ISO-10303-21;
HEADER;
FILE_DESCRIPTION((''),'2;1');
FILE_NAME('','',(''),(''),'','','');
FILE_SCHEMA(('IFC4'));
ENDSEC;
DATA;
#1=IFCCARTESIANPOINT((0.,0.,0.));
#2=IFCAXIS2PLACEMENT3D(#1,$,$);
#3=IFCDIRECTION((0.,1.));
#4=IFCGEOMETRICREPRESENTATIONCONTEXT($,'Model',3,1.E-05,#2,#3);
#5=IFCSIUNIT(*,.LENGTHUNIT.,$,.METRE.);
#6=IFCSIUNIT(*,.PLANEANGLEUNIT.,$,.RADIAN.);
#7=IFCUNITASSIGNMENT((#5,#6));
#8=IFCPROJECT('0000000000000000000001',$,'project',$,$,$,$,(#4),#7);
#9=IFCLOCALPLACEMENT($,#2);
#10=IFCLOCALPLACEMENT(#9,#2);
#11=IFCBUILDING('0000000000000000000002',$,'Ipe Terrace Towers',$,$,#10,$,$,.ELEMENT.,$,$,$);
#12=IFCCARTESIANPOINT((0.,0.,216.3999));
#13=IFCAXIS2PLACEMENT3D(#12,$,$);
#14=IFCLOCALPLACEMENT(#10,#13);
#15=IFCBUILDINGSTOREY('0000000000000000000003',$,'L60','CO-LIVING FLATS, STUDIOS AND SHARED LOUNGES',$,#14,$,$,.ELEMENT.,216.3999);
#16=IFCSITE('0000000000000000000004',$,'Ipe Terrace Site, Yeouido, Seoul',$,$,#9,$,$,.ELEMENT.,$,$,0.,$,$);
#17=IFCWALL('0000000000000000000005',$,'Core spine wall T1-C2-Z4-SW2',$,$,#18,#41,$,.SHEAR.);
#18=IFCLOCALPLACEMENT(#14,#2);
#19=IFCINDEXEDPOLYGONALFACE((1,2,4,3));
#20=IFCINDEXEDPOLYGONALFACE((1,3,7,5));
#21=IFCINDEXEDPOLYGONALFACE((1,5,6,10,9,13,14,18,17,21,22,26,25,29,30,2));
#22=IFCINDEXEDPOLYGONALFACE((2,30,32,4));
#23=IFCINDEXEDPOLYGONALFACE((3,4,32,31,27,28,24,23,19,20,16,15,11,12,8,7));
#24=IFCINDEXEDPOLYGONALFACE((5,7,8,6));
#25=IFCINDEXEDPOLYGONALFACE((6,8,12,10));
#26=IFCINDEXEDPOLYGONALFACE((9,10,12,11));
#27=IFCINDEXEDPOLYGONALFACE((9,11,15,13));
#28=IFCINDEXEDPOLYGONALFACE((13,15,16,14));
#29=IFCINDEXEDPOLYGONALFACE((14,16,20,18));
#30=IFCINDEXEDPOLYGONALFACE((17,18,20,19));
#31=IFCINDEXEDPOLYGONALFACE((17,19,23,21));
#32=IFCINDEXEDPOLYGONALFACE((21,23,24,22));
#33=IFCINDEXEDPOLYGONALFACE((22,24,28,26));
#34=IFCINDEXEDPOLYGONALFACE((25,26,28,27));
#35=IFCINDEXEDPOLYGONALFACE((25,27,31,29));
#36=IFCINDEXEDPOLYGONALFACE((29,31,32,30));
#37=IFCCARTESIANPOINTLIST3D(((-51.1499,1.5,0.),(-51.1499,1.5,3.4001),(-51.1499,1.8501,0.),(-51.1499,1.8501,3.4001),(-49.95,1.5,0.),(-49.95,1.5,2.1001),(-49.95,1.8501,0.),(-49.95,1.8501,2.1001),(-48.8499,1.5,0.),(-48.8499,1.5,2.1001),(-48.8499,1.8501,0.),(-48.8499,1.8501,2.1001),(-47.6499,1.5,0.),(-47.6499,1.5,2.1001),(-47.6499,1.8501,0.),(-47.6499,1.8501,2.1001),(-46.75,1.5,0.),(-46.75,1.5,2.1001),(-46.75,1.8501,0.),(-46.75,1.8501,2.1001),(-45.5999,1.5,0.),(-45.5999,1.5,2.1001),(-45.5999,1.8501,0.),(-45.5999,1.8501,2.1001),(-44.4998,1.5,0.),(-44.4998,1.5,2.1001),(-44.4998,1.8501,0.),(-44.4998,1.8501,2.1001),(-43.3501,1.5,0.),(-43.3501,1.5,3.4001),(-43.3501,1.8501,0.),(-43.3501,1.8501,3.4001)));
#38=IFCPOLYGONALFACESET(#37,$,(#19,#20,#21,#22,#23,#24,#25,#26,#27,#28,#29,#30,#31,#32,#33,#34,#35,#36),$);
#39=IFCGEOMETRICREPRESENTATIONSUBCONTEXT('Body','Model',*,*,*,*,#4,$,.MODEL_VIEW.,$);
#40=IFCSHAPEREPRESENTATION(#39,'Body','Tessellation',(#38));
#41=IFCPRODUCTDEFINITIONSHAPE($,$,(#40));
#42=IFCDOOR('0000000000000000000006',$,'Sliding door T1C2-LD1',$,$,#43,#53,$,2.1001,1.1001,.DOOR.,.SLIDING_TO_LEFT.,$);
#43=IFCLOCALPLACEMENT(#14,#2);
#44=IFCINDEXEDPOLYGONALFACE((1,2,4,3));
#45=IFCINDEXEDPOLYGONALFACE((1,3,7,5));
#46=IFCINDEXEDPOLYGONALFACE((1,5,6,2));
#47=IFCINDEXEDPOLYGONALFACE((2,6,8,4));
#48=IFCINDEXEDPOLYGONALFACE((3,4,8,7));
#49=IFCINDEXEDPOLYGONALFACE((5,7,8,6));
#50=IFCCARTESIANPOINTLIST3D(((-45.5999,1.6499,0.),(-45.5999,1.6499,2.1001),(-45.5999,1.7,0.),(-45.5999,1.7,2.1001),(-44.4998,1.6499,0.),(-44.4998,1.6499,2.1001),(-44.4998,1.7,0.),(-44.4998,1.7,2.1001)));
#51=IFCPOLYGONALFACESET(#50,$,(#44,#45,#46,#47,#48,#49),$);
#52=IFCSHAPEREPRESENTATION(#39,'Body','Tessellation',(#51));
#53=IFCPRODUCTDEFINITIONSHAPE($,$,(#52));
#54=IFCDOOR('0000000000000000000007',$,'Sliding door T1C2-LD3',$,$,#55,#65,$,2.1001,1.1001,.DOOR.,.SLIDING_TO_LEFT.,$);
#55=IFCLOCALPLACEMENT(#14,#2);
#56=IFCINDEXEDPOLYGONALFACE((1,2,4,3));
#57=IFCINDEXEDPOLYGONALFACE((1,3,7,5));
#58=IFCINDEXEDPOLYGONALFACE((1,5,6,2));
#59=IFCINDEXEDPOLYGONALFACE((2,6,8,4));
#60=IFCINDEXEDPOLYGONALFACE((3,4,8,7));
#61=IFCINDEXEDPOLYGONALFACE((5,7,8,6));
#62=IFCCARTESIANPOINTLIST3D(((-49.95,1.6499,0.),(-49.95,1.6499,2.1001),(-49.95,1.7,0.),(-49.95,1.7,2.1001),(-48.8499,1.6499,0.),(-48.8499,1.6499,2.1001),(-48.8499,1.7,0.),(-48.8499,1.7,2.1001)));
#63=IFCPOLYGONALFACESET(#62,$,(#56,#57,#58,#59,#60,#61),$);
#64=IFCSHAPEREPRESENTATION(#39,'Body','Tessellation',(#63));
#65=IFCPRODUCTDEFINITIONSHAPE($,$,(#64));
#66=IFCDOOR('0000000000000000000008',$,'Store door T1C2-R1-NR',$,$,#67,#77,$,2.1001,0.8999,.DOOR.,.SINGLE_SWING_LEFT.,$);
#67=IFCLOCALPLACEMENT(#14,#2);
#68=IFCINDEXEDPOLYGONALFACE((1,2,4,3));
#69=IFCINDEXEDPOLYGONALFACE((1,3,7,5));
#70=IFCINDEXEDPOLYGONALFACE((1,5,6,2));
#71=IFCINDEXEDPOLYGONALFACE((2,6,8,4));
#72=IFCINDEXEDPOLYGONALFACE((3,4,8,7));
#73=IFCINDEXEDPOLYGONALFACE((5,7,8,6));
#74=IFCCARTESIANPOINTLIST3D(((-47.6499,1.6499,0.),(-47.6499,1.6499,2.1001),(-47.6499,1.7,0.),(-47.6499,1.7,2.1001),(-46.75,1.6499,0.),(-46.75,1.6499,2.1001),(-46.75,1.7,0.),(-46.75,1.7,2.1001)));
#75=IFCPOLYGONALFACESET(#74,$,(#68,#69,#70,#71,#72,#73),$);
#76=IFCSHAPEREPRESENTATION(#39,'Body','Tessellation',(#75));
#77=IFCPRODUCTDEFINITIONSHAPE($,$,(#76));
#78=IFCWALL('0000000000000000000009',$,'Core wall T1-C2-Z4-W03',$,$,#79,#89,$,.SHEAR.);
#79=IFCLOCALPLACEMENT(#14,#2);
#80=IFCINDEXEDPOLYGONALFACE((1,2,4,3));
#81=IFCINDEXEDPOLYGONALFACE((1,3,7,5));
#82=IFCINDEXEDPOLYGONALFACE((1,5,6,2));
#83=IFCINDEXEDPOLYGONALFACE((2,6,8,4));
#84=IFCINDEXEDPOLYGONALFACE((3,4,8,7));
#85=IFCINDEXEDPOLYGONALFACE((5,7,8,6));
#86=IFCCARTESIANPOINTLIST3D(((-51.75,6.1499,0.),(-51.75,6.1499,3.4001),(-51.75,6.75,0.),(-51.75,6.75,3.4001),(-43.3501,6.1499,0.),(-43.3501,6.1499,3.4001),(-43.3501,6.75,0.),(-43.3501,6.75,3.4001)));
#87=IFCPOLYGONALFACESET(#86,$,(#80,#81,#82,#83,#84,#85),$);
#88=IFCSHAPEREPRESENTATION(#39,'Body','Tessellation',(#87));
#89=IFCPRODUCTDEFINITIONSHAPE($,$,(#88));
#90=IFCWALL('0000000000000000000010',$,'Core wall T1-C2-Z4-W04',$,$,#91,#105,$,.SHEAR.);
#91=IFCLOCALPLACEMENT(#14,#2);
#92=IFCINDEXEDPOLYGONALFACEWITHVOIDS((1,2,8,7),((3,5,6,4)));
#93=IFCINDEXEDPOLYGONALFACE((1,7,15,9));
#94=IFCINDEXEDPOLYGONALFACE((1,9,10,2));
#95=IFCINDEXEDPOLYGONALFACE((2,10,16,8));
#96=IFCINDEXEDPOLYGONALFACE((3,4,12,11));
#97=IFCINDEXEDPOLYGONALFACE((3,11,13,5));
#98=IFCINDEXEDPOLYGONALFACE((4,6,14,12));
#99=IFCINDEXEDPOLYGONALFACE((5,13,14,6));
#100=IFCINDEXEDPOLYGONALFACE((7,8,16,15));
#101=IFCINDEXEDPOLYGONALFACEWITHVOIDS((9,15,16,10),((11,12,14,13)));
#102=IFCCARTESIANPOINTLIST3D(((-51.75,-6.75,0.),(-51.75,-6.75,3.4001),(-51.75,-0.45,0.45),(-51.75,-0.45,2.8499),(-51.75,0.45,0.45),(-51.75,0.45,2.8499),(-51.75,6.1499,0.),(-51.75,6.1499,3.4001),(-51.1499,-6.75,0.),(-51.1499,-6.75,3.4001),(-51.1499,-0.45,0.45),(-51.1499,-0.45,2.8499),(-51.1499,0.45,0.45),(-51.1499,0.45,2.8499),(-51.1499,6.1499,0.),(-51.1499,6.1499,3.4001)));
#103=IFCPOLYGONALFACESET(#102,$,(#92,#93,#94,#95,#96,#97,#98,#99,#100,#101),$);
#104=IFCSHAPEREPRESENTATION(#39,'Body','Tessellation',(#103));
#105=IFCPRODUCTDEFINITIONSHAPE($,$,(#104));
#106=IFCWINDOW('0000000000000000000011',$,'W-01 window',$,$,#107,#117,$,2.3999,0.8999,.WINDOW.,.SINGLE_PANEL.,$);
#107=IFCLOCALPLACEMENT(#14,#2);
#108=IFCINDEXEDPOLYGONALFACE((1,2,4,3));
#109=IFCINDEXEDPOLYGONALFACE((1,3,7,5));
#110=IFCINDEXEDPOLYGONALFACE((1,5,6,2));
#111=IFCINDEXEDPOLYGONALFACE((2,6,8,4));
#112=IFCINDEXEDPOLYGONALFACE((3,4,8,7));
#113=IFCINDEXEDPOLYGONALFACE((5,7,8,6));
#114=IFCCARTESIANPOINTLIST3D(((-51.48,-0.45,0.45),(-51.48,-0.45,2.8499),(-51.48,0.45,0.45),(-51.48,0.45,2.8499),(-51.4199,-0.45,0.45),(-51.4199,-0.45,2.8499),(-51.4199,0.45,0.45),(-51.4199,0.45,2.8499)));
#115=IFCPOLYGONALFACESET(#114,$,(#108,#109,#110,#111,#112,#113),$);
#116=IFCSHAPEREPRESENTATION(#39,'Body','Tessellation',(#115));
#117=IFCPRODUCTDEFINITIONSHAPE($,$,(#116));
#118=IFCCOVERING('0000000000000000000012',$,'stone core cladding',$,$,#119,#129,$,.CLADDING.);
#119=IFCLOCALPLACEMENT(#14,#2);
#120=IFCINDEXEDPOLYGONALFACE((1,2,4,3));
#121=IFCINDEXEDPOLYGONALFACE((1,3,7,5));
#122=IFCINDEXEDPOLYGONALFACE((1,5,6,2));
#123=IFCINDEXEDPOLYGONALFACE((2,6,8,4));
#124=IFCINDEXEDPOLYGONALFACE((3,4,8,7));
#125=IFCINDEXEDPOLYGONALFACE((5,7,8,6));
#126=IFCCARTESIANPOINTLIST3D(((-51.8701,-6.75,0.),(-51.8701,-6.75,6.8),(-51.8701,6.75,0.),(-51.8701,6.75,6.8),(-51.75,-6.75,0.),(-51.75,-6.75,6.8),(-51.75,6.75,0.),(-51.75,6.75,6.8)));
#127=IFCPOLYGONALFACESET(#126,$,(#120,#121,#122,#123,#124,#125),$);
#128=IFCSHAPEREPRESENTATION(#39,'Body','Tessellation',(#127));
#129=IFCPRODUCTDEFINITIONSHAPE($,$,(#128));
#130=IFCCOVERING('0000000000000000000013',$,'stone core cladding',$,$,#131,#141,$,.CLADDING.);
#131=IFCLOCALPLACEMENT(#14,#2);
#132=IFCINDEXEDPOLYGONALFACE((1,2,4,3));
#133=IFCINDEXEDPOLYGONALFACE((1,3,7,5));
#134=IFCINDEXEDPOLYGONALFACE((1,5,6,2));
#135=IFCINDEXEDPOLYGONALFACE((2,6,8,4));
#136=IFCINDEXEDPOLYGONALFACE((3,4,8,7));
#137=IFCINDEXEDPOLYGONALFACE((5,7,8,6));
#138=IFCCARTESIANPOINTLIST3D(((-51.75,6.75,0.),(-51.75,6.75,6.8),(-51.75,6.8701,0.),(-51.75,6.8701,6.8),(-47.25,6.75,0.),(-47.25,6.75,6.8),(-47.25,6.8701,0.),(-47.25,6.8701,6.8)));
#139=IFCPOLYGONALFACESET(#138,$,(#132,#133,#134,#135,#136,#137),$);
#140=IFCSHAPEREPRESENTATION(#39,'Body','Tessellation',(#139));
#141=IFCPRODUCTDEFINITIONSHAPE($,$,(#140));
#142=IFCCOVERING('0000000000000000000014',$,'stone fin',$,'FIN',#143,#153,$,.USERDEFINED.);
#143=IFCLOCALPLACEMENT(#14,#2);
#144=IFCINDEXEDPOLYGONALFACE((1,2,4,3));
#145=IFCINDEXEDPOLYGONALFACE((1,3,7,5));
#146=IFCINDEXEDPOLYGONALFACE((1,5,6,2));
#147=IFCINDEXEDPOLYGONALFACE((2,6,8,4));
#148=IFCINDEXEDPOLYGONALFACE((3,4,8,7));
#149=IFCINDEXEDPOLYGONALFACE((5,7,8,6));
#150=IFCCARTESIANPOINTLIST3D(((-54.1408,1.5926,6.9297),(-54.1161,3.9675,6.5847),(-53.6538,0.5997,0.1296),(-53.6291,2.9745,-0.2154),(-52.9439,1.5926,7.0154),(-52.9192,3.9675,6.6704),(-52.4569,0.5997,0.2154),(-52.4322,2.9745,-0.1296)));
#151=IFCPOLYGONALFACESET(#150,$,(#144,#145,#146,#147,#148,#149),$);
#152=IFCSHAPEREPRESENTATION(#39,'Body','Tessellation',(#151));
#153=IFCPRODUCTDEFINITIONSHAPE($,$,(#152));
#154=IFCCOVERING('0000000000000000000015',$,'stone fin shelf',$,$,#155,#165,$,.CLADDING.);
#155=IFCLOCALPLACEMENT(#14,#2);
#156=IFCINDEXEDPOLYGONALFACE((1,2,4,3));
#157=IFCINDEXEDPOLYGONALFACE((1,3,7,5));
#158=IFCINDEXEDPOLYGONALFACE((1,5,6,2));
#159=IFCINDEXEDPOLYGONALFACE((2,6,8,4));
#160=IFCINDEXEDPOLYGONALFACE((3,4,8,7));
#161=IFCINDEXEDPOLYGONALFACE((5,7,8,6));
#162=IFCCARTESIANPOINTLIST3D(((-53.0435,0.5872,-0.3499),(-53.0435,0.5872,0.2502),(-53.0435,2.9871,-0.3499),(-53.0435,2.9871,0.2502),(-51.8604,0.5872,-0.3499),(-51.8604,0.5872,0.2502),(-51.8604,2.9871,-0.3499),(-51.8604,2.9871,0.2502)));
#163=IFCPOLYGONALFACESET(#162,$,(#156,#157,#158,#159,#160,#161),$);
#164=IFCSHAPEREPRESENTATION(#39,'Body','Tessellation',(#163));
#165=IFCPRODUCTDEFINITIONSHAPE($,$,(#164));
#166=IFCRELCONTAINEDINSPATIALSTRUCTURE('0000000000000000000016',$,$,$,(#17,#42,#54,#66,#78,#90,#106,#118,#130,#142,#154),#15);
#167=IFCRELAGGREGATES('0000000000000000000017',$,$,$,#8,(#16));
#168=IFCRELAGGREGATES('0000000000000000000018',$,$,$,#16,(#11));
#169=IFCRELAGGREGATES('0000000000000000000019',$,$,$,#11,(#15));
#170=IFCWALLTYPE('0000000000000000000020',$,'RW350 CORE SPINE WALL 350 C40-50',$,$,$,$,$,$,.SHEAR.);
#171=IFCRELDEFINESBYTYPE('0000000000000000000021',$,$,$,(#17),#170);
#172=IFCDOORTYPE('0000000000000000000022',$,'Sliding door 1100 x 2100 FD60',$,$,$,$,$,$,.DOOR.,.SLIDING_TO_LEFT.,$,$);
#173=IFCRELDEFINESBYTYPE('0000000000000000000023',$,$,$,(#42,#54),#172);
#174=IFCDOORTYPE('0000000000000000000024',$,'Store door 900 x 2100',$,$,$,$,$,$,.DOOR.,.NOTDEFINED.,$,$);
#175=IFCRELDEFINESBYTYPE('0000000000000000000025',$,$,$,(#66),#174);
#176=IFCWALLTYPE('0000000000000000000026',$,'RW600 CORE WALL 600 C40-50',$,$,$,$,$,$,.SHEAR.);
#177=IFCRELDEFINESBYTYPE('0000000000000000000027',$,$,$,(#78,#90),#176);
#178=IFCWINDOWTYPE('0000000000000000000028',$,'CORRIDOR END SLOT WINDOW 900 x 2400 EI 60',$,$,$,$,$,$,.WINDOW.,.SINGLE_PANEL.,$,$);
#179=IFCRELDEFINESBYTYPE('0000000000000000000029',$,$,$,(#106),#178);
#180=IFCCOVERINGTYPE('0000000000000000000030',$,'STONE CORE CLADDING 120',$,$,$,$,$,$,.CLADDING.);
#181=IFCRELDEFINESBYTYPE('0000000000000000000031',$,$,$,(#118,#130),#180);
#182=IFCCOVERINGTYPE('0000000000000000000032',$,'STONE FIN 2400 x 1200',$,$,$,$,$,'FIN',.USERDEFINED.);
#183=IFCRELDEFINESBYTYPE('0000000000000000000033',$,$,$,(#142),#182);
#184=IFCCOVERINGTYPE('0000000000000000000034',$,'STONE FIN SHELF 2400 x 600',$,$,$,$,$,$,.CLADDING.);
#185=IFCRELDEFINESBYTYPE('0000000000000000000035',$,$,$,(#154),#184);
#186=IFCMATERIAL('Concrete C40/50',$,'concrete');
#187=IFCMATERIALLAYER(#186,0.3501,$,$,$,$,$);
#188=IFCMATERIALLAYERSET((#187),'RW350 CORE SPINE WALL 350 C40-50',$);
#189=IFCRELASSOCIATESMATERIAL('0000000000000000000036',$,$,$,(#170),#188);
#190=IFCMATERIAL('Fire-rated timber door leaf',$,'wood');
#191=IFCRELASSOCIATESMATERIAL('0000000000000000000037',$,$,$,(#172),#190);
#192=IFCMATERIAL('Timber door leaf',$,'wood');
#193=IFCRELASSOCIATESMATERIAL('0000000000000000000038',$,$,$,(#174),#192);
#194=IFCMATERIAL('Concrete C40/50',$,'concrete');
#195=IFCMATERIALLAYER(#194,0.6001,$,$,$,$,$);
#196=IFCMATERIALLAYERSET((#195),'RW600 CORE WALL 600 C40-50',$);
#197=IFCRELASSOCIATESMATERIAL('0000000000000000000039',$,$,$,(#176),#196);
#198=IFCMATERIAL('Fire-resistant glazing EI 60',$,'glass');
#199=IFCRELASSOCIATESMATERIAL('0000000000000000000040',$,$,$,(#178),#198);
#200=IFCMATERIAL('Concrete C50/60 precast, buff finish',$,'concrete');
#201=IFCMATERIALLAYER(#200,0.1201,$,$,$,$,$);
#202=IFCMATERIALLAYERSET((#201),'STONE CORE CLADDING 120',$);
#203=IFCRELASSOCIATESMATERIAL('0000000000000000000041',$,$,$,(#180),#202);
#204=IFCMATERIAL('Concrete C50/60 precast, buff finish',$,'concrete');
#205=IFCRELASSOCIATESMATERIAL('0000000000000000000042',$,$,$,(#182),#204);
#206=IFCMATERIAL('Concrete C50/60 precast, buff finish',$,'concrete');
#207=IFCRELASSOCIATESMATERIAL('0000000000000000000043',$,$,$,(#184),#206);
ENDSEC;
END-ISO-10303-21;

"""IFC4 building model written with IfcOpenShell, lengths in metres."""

from ifc_helpers import new_model, si_unit, direction, frame, frame_2d, origin, origin_2d, place, context, subcontext, project, spatial, rectangle, extrude, material, layer, layer_set, material_profile, profile_set, type_object, element, fill, save


model = new_model("IFC4")

# Units and contexts
model_context = context("Model", 3, precision=1e-05, world=origin(), true_north=direction((0.0, 1.0)))
body_context = subcontext(model_context, "Body", "Model", "MODEL_VIEW")
ifc_project = project(units=[si_unit("LENGTHUNIT", "METRE"), si_unit("PLANEANGLEUNIT", "RADIAN")], contexts=[model_context])

# Site, building, storey
site_placement = place(None, origin())
site = spatial("IfcSite", under=ifc_project, at=site_placement, Name="Ipe Terrace Site, Yeouido, Seoul", CompositionType="ELEMENT", RefElevation=0.0)
building_placement = place(site_placement, origin())
building = spatial("IfcBuilding", under=site, at=building_placement, Name="Ipe Terrace Towers", CompositionType="ELEMENT")
storey_placement = place(building_placement, frame((0.0, 0.0, 216.3999)))
storey = spatial("IfcBuildingStorey", under=building, at=storey_placement, Name="L60", Description="CO-LIVING FLATS, STUDIOS AND SHARED LOUNGES", CompositionType="ELEMENT", Elevation=216.3999)

# Shared definitions
ifc_material_1 = material(Name="Concrete C40/50", Category="concrete")
ifc_layer_1 = layer(ifc_material_1, 0.3501)
ifc_layer_set_1 = layer_set([ifc_layer_1], Name="RW350 CORE SPINE WALL 350 C40-50")
wall_type_1 = type_object("IfcWallType", Name="RW350 CORE SPINE WALL 350 C40-50", PredefinedType="SHEAR", material=ifc_layer_set_1)

# Wall, openings, doors
wall_1_placement = place(storey_placement, frame((-51.1499, 1.675, 0.0), z_axis=(0.0, 0.0, 1.0), x_axis=(1.0, 0.0, 0.0)))
wall_1 = element("IfcWall", 1, at=wall_1_placement, inside=storey, type_object=wall_type_1, Name="Core spine wall T1-C2-Z4-SW2", PredefinedType="SHEAR", context=body_context, shape_type="SweptSolid", body=[
    extrude(rectangle(XDim=7.7998, YDim=0.3501, at=frame_2d((3.8999, 0.0))), origin(), (0.0, 0.0, 1.0), 3.4001),
])
opening_1_placement = place(wall_1_placement, frame((5.55, 0.0, 0.0)))
opening_1 = element("IfcOpeningElement", 2, at=opening_1_placement, cuts=wall_1, PredefinedType="OPENING", context=body_context, shape_type="SweptSolid", body=[
    extrude(rectangle(XDim=1.1001, YDim=2.1001, at=frame_2d((0.55, 1.05))), frame((0.0, 0.1851, 0.0), z_axis=(0.0, -1.0, 0.0), x_axis=(1.0, 0.0, 0.0)), (0.0, 0.0, 1.0), 0.3701),
])
opening_2_placement = place(wall_1_placement, frame((1.2, 0.0, 0.0)))
opening_2 = element("IfcOpeningElement", 3, at=opening_2_placement, cuts=wall_1, PredefinedType="OPENING", context=body_context, shape_type="SweptSolid", body=[
    extrude(rectangle(XDim=1.1001, YDim=2.1001, at=frame_2d((0.55, 1.05))), frame((0.0, 0.1851, 0.0), z_axis=(0.0, -1.0, 0.0), x_axis=(1.0, 0.0, 0.0)), (0.0, 0.0, 1.0), 0.3701),
])
opening_3_placement = place(wall_1_placement, frame((3.5, 0.0, 0.0)))
opening_3 = element("IfcOpeningElement", 4, at=opening_3_placement, cuts=wall_1, PredefinedType="OPENING", context=body_context, shape_type="SweptSolid", body=[
    extrude(rectangle(XDim=0.8999, YDim=2.1001, at=frame_2d((0.45, 1.05))), frame((0.0, 0.1851, 0.0), z_axis=(0.0, -1.0, 0.0), x_axis=(1.0, 0.0, 0.0)), (0.0, 0.0, 1.0), 0.3701),
])
ifc_material_2 = material(Name="Fire-rated timber door leaf", Category="wood")
door_type_1 = type_object("IfcDoorType", Name="Sliding door 1100 x 2100 FD60", OperationType="SLIDING_TO_LEFT", PredefinedType="DOOR", material=ifc_material_2)
door_1_placement = place(opening_1_placement, origin())
door_1 = element("IfcDoor", 5, at=door_1_placement, inside=storey, type_object=door_type_1, Name="Sliding door T1C2-LD1", OperationType="SLIDING_TO_LEFT", OverallHeight=2.1001, OverallWidth=1.1001, PredefinedType="DOOR", context=body_context, shape_type="SweptSolid", body=[
    extrude(rectangle(XDim=1.1001, YDim=2.1001, at=frame_2d((0.55, 1.05))), frame((0.0, 0.0249, 0.0), z_axis=(0.0, -1.0, 0.0), x_axis=(1.0, 0.0, 0.0)), (0.0, 0.0, 1.0), 0.05),
])
fill(opening_1, door_1)
door_2_placement = place(opening_2_placement, origin())
door_2 = element("IfcDoor", 6, at=door_2_placement, inside=storey, type_object=door_type_1, Name="Sliding door T1C2-LD3", OperationType="SLIDING_TO_LEFT", OverallHeight=2.1001, OverallWidth=1.1001, PredefinedType="DOOR", context=body_context, shape_type="SweptSolid", body=[
    extrude(rectangle(XDim=1.1001, YDim=2.1001, at=frame_2d((0.55, 1.05))), frame((0.0, 0.0249, 0.0), z_axis=(0.0, -1.0, 0.0), x_axis=(1.0, 0.0, 0.0)), (0.0, 0.0, 1.0), 0.05),
])
fill(opening_2, door_2)
ifc_material_3 = material(Name="Timber door leaf", Category="wood")
door_type_2 = type_object("IfcDoorType", Name="Store door 900 x 2100", OperationType="NOTDEFINED", PredefinedType="DOOR", material=ifc_material_3)
door_3_placement = place(opening_3_placement, origin())
door_3 = element("IfcDoor", 7, at=door_3_placement, inside=storey, type_object=door_type_2, Name="Store door T1C2-R1-NR", OperationType="SINGLE_SWING_LEFT", OverallHeight=2.1001, OverallWidth=0.8999, PredefinedType="DOOR", context=body_context, shape_type="SweptSolid", body=[
    extrude(rectangle(XDim=0.8999, YDim=2.1001, at=frame_2d((0.45, 1.05))), frame((0.0, 0.0249, 0.0), z_axis=(0.0, -1.0, 0.0), x_axis=(1.0, 0.0, 0.0)), (0.0, 0.0, 1.0), 0.05),
])
fill(opening_3, door_3)

# Wall
ifc_material_4 = material(Name="Concrete C40/50", Category="concrete")
ifc_layer_2 = layer(ifc_material_4, 0.6001)
ifc_layer_set_2 = layer_set([ifc_layer_2], Name="RW600 CORE WALL 600 C40-50")
wall_type_2 = type_object("IfcWallType", Name="RW600 CORE WALL 600 C40-50", PredefinedType="SHEAR", material=ifc_layer_set_2)
wall_2_placement = place(storey_placement, frame((-43.3501, 6.45, 0.0), z_axis=(0.0, 0.0, 1.0), x_axis=(-1.0, 0.0, 0.0)))
element("IfcWall", 8, at=wall_2_placement, inside=storey, type_object=wall_type_2, Name="Core wall T1-C2-Z4-W03", PredefinedType="SHEAR", context=body_context, shape_type="SweptSolid", body=[
    extrude(rectangle(XDim=8.3999, YDim=0.6001, at=frame_2d((4.2, 0.0))), origin(), (0.0, 0.0, 1.0), 3.4001),
])

# Wall, opening, window
wall_3_placement = place(storey_placement, frame((-51.45, 6.1499, 0.0), z_axis=(0.0, 0.0, 1.0), x_axis=(0.0, -1.0, 0.0)))
wall_3 = element("IfcWall", 9, at=wall_3_placement, inside=storey, type_object=wall_type_2, Name="Core wall T1-C2-Z4-W04", PredefinedType="SHEAR", context=body_context, shape_type="SweptSolid", body=[
    extrude(rectangle(XDim=12.8999, YDim=0.6001, at=frame_2d((6.45, 0.0))), origin(), (0.0, 0.0, 1.0), 3.4001),
])
opening_4_placement = place(wall_3_placement, frame((5.7, 0.0, 0.45)))
opening_4 = element("IfcOpeningElement", 10, at=opening_4_placement, cuts=wall_3, PredefinedType="OPENING", context=body_context, shape_type="SweptSolid", body=[
    extrude(rectangle(XDim=0.8999, YDim=2.3999, at=frame_2d((0.45, 1.2))), frame((0.0, 0.3101, 0.0), z_axis=(0.0, -1.0, 0.0), x_axis=(1.0, 0.0, 0.0)), (0.0, 0.0, 1.0), 0.6201),
])
ifc_material_5 = material(Name="Fire-resistant glazing EI 60", Category="glass")
window_type = type_object("IfcWindowType", Name="CORRIDOR END SLOT WINDOW 900 x 2400 EI 60", PartitioningType="SINGLE_PANEL", PredefinedType="WINDOW", material=ifc_material_5)
window_placement = place(opening_4_placement, origin())
window = element("IfcWindow", 11, at=window_placement, inside=storey, type_object=window_type, Name="W-01 window", OverallHeight=2.3999, OverallWidth=0.8999, PartitioningType="SINGLE_PANEL", PredefinedType="WINDOW", context=body_context, shape_type="SweptSolid", body=[
    extrude(rectangle(XDim=0.8999, YDim=2.3999, at=frame_2d((0.45, 1.2))), frame((0.0, 0.03, 0.0), z_axis=(0.0, -1.0, 0.0), x_axis=(1.0, 0.0, 0.0)), (0.0, 0.0, 1.0), 0.0601),
])
fill(opening_4, window)

# Coverings
ifc_material_6 = material(Name="Concrete C50/60 precast, buff finish", Category="concrete")
ifc_layer_3 = layer(ifc_material_6, 0.1201)
ifc_layer_set_3 = layer_set([ifc_layer_3], Name="STONE CORE CLADDING 120")
covering_type_1 = type_object("IfcCoveringType", Name="STONE CORE CLADDING 120", PredefinedType="CLADDING", material=ifc_layer_set_3)
covering_1_placement = place(storey_placement, frame((-51.8101, 0.0, 0.0), z_axis=(0.0, 0.0, 1.0), x_axis=(0.0, -1.0, 0.0)))
element("IfcCovering", 12, at=covering_1_placement, inside=storey, type_object=covering_type_1, Name="stone core cladding", PredefinedType="CLADDING", context=body_context, shape_type="SweptSolid", body=[
    extrude(rectangle(XDim=13.5, YDim=0.1201, at=origin_2d()), origin(), (0.0, 0.0, 1.0), 6.8),
])
covering_2_placement = place(storey_placement, frame((-49.5, 6.8101, 0.0), z_axis=(0.0, 0.0, 1.0), x_axis=(-1.0, 0.0, 0.0)))
element("IfcCovering", 13, at=covering_2_placement, inside=storey, type_object=covering_type_1, Name="stone core cladding", PredefinedType="CLADDING", context=body_context, shape_type="SweptSolid", body=[
    extrude(rectangle(XDim=4.5, YDim=0.1201, at=origin_2d()), origin(), (0.0, 0.0, 1.0), 6.8),
])
ifc_material_7 = material(Name="Concrete C50/60 precast, buff finish", Category="concrete")
ifc_material_profile_1 = material_profile(ifc_material_7, rectangle(XDim=2.3999, YDim=1.2, at=origin_2d()), Name="STONE FIN 2400 x 1200")
ifc_profile_set_1 = profile_set([ifc_material_profile_1], Name="Concrete C50/60 precast, buff finish")
covering_type_2 = type_object("IfcCoveringType", Name="STONE FIN 2400 x 1200", ElementType="FIN", PredefinedType="USERDEFINED", material=ifc_profile_set_1)
covering_3_placement = place(storey_placement, frame((-53.043, 1.7871, 0.0), z_axis=(-0.070697, 0.144123, 0.987031), x_axis=(-0.010297, -0.98956, 0.143755)))
element("IfcCovering", 14, at=covering_3_placement, inside=storey, type_object=covering_type_2, Name="stone fin", ObjectType="FIN", PredefinedType="USERDEFINED", context=body_context, shape_type="SweptSolid", body=[
    extrude(rectangle(XDim=2.3999, YDim=1.2, at=origin_2d()), origin(), (0.0, 0.0, 1.0), 6.8894),
])
ifc_material_8 = material(Name="Concrete C50/60 precast, buff finish", Category="concrete")
covering_type_3 = type_object("IfcCoveringType", Name="STONE FIN SHELF 2400 x 600", PredefinedType="CLADDING", material=ifc_material_8)
covering_4_placement = place(storey_placement, frame((-52.4519, 1.7871, -0.3499), z_axis=(0.0, 0.0, 1.0), x_axis=(0.0, -1.0, 0.0)))
element("IfcCovering", 15, at=covering_4_placement, inside=storey, type_object=covering_type_3, Name="stone fin shelf", PredefinedType="CLADDING", context=body_context, shape_type="SweptSolid", body=[
    extrude(rectangle(XDim=2.3999, YDim=1.1831, at=origin_2d()), origin(), (0.0, 0.0, 1.0), 0.6001),
])

save(model, "model.ifc")
